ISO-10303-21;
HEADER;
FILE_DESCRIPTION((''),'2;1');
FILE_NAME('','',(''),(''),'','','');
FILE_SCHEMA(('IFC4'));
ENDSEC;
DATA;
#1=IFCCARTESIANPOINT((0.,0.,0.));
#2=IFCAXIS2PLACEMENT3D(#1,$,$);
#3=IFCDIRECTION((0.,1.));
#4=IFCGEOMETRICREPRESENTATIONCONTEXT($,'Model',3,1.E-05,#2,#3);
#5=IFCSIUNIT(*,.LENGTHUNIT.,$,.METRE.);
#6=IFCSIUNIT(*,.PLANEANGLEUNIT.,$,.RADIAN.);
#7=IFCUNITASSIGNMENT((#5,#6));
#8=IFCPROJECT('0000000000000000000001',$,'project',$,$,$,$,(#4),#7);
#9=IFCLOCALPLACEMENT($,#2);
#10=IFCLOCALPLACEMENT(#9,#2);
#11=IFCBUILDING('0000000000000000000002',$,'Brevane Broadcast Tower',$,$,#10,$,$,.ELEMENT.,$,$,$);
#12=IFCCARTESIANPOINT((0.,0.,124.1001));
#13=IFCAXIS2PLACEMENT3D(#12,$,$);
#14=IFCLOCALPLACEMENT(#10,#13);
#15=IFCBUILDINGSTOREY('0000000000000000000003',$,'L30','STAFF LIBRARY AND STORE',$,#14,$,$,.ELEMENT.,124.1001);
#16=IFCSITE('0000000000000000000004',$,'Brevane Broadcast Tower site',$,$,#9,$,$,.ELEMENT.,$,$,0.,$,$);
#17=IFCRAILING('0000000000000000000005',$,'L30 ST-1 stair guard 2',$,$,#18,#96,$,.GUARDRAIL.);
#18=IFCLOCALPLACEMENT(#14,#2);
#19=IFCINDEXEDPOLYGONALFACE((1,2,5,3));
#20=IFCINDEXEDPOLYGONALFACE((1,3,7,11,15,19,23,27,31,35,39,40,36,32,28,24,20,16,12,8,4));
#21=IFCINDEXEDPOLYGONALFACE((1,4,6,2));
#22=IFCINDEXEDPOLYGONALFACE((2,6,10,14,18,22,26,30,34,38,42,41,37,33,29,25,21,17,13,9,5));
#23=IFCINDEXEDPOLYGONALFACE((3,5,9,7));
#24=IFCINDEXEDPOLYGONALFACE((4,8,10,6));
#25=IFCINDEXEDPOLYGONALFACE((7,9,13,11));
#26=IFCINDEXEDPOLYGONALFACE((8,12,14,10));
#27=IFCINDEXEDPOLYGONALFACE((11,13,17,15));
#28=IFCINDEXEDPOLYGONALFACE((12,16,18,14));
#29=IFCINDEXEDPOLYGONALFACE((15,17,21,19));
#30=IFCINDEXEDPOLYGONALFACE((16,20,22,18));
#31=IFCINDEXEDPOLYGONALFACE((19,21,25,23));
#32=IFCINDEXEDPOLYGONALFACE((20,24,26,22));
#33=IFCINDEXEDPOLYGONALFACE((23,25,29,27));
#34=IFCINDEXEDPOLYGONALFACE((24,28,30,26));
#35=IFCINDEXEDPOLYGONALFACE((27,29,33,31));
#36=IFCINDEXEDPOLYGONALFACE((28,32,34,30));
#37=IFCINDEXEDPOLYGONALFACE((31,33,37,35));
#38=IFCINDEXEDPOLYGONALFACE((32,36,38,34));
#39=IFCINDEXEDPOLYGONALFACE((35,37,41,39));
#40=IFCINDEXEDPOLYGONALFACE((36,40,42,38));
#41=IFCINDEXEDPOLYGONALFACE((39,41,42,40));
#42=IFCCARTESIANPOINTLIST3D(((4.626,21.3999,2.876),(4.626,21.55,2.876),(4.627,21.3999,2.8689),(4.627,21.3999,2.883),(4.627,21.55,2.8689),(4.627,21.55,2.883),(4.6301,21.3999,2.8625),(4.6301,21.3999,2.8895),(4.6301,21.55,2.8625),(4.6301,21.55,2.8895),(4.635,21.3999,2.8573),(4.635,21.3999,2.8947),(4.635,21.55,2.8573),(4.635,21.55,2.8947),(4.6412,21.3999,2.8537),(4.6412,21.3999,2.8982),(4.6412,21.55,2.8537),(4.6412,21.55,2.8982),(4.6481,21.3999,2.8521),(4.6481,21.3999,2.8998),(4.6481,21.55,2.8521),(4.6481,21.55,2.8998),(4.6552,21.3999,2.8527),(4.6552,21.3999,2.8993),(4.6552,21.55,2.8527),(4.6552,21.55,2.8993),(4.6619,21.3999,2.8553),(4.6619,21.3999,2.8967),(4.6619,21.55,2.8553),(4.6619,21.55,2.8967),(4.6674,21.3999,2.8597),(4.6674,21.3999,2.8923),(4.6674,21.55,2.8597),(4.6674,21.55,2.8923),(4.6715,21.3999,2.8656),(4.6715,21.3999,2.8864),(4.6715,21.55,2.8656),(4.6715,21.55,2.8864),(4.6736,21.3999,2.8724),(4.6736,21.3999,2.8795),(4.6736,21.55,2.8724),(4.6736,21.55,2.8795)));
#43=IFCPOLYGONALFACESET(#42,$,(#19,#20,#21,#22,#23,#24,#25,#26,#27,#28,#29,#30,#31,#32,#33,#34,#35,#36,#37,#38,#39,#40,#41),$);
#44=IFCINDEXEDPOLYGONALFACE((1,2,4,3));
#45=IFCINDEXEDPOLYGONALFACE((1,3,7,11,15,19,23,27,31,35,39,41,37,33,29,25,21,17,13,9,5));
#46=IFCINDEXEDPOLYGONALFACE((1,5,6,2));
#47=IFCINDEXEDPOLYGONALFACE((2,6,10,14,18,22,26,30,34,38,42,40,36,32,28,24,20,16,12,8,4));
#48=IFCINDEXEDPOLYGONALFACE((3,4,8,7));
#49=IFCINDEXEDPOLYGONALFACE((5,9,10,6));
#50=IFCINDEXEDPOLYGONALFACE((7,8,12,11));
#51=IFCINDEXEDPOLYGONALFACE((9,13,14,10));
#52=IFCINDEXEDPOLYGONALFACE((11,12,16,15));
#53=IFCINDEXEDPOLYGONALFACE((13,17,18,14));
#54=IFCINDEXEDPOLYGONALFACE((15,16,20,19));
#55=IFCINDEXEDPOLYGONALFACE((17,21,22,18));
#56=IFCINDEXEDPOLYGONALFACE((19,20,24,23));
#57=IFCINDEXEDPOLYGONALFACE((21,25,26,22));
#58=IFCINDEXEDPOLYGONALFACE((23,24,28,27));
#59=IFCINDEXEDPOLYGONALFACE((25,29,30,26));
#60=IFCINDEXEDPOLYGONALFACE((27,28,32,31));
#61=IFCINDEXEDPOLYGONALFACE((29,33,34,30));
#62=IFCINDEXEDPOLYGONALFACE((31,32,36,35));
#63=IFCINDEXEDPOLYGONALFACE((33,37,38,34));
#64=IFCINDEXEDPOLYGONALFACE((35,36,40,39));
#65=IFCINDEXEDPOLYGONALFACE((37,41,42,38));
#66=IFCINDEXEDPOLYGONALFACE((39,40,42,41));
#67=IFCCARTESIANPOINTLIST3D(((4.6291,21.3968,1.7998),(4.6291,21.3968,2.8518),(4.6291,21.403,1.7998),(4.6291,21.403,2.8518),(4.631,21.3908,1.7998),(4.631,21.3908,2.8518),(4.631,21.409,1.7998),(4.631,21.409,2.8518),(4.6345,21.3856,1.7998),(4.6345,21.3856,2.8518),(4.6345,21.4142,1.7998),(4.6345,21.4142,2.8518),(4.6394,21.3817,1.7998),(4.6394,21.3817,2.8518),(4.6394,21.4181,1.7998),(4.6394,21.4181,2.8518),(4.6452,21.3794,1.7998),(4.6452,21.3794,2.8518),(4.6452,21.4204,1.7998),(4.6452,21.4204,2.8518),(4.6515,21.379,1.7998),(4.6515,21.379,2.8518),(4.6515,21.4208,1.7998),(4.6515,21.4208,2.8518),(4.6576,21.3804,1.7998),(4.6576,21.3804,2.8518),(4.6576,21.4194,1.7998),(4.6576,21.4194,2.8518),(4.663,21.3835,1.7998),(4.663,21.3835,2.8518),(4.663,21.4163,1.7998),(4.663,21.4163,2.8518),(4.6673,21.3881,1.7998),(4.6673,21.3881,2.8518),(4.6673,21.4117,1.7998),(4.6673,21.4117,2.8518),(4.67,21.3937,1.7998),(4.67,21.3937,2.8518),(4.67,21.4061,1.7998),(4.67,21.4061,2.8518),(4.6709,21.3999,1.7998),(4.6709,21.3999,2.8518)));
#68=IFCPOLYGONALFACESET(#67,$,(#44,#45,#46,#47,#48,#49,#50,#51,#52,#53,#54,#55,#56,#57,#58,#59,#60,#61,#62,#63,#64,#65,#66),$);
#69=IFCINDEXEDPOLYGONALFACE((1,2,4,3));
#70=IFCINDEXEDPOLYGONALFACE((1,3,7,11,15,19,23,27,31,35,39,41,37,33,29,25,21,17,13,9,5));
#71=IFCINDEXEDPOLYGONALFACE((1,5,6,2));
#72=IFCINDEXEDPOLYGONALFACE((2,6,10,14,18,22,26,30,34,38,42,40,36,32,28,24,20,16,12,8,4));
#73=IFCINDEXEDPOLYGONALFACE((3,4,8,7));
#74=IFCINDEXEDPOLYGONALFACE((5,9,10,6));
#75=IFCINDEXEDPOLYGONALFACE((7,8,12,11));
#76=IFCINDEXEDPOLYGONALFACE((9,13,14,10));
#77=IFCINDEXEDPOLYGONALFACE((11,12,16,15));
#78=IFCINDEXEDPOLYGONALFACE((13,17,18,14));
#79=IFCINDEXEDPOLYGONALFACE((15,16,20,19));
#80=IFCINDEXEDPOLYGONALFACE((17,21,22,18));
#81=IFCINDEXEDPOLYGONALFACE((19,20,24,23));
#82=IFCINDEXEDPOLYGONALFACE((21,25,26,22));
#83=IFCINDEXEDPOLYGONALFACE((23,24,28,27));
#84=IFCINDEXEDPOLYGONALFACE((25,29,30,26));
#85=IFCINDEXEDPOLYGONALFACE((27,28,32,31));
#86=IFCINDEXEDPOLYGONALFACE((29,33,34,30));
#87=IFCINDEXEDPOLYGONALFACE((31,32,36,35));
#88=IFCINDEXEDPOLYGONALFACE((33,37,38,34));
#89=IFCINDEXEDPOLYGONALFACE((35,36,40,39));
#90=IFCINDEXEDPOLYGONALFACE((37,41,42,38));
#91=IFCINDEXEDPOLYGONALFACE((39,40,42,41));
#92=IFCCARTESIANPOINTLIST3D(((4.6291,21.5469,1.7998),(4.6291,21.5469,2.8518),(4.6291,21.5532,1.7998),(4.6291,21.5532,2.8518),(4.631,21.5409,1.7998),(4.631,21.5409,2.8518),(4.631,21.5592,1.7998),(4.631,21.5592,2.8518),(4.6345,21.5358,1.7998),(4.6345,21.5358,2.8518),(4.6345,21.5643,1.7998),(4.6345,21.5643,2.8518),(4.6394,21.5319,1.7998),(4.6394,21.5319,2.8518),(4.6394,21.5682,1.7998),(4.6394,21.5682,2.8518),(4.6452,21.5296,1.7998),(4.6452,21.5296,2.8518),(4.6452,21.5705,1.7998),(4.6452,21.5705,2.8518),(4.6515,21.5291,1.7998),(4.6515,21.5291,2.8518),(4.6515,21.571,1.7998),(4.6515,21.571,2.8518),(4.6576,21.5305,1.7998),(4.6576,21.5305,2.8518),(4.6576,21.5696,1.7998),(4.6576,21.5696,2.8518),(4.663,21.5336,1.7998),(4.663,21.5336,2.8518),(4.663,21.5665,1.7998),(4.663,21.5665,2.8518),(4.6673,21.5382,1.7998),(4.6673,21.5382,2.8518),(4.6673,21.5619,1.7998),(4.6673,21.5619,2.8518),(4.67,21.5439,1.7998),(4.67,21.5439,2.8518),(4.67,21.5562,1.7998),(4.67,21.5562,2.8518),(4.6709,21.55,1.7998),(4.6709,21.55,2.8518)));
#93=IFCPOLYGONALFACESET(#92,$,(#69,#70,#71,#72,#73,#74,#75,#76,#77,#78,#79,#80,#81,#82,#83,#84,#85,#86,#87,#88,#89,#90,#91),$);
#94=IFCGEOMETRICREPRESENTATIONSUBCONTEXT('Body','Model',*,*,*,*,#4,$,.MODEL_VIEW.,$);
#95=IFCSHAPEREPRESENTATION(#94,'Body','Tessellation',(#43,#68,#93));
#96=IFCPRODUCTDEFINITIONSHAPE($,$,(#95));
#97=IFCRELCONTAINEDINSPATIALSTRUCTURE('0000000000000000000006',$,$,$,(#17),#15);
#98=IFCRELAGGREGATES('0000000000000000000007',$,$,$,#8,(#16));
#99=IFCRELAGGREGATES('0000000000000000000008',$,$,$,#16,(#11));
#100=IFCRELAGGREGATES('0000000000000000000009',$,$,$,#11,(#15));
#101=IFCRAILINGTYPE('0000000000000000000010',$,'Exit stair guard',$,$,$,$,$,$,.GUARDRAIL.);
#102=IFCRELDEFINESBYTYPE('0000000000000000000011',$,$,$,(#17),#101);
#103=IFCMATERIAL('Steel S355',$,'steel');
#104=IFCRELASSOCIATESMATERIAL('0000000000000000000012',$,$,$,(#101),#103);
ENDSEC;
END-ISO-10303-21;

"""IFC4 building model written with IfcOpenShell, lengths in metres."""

from ifc_helpers import new_model, si_unit, direction, frame, origin, origin_2d, place, context, subcontext, project, spatial, circle, extrude, material, type_object, element, save


model = new_model("IFC4")

# Units and contexts
model_context = context("Model", 3, precision=1e-05, world=origin(), true_north=direction((0.0, 1.0)))
body_context = subcontext(model_context, "Body", "Model", "MODEL_VIEW")
ifc_project = project(units=[si_unit("LENGTHUNIT", "METRE"), si_unit("PLANEANGLEUNIT", "RADIAN")], contexts=[model_context])

# Site, building, storey
site_placement = place(None, origin())
site = spatial("IfcSite", under=ifc_project, at=site_placement, Name="Brevane Broadcast Tower site", CompositionType="ELEMENT", RefElevation=0.0)
building_placement = place(site_placement, origin())
building = spatial("IfcBuilding", under=site, at=building_placement, Name="Brevane Broadcast Tower", CompositionType="ELEMENT")
storey_placement = place(building_placement, frame((0.0, 0.0, 124.1001)))
storey = spatial("IfcBuildingStorey", under=building, at=storey_placement, Name="L30", Description="STAFF LIBRARY AND STORE", CompositionType="ELEMENT", Elevation=124.1001)

# Railing
ifc_material_1 = material(Name="Steel S355", Category="steel")
railing_type_1 = type_object("IfcRailingType", Name="Exit stair guard", PredefinedType="GUARDRAIL", material=ifc_material_1)
railing_1_placement = place(storey_placement, frame((4.6499, 21.3999, 1.7998)))
element("IfcRailing", 1, at=railing_1_placement, inside=storey, type_object=railing_type_1, Name="L30 ST-1 stair guard 2", PredefinedType="GUARDRAIL", context=body_context, shape_type="SweptSolid", body=[
    extrude(circle(Radius=0.0239, at=origin_2d()), frame((0.0, 0.0, 1.0762), z_axis=(0.0, 1.0, 0.0), x_axis=(-1.0, 0.0, 0.0)), (0.0, 0.0, 1.0), 0.1501),
    extrude(circle(Radius=0.021, at=origin_2d()), origin(), (0.0, 0.0, 1.0), 1.052),
    extrude(circle(Radius=0.021, at=origin_2d()), frame((0.0, 0.1501, 0.0)), (0.0, 0.0, 1.0), 1.052),
])

save(model, "model.ifc")
